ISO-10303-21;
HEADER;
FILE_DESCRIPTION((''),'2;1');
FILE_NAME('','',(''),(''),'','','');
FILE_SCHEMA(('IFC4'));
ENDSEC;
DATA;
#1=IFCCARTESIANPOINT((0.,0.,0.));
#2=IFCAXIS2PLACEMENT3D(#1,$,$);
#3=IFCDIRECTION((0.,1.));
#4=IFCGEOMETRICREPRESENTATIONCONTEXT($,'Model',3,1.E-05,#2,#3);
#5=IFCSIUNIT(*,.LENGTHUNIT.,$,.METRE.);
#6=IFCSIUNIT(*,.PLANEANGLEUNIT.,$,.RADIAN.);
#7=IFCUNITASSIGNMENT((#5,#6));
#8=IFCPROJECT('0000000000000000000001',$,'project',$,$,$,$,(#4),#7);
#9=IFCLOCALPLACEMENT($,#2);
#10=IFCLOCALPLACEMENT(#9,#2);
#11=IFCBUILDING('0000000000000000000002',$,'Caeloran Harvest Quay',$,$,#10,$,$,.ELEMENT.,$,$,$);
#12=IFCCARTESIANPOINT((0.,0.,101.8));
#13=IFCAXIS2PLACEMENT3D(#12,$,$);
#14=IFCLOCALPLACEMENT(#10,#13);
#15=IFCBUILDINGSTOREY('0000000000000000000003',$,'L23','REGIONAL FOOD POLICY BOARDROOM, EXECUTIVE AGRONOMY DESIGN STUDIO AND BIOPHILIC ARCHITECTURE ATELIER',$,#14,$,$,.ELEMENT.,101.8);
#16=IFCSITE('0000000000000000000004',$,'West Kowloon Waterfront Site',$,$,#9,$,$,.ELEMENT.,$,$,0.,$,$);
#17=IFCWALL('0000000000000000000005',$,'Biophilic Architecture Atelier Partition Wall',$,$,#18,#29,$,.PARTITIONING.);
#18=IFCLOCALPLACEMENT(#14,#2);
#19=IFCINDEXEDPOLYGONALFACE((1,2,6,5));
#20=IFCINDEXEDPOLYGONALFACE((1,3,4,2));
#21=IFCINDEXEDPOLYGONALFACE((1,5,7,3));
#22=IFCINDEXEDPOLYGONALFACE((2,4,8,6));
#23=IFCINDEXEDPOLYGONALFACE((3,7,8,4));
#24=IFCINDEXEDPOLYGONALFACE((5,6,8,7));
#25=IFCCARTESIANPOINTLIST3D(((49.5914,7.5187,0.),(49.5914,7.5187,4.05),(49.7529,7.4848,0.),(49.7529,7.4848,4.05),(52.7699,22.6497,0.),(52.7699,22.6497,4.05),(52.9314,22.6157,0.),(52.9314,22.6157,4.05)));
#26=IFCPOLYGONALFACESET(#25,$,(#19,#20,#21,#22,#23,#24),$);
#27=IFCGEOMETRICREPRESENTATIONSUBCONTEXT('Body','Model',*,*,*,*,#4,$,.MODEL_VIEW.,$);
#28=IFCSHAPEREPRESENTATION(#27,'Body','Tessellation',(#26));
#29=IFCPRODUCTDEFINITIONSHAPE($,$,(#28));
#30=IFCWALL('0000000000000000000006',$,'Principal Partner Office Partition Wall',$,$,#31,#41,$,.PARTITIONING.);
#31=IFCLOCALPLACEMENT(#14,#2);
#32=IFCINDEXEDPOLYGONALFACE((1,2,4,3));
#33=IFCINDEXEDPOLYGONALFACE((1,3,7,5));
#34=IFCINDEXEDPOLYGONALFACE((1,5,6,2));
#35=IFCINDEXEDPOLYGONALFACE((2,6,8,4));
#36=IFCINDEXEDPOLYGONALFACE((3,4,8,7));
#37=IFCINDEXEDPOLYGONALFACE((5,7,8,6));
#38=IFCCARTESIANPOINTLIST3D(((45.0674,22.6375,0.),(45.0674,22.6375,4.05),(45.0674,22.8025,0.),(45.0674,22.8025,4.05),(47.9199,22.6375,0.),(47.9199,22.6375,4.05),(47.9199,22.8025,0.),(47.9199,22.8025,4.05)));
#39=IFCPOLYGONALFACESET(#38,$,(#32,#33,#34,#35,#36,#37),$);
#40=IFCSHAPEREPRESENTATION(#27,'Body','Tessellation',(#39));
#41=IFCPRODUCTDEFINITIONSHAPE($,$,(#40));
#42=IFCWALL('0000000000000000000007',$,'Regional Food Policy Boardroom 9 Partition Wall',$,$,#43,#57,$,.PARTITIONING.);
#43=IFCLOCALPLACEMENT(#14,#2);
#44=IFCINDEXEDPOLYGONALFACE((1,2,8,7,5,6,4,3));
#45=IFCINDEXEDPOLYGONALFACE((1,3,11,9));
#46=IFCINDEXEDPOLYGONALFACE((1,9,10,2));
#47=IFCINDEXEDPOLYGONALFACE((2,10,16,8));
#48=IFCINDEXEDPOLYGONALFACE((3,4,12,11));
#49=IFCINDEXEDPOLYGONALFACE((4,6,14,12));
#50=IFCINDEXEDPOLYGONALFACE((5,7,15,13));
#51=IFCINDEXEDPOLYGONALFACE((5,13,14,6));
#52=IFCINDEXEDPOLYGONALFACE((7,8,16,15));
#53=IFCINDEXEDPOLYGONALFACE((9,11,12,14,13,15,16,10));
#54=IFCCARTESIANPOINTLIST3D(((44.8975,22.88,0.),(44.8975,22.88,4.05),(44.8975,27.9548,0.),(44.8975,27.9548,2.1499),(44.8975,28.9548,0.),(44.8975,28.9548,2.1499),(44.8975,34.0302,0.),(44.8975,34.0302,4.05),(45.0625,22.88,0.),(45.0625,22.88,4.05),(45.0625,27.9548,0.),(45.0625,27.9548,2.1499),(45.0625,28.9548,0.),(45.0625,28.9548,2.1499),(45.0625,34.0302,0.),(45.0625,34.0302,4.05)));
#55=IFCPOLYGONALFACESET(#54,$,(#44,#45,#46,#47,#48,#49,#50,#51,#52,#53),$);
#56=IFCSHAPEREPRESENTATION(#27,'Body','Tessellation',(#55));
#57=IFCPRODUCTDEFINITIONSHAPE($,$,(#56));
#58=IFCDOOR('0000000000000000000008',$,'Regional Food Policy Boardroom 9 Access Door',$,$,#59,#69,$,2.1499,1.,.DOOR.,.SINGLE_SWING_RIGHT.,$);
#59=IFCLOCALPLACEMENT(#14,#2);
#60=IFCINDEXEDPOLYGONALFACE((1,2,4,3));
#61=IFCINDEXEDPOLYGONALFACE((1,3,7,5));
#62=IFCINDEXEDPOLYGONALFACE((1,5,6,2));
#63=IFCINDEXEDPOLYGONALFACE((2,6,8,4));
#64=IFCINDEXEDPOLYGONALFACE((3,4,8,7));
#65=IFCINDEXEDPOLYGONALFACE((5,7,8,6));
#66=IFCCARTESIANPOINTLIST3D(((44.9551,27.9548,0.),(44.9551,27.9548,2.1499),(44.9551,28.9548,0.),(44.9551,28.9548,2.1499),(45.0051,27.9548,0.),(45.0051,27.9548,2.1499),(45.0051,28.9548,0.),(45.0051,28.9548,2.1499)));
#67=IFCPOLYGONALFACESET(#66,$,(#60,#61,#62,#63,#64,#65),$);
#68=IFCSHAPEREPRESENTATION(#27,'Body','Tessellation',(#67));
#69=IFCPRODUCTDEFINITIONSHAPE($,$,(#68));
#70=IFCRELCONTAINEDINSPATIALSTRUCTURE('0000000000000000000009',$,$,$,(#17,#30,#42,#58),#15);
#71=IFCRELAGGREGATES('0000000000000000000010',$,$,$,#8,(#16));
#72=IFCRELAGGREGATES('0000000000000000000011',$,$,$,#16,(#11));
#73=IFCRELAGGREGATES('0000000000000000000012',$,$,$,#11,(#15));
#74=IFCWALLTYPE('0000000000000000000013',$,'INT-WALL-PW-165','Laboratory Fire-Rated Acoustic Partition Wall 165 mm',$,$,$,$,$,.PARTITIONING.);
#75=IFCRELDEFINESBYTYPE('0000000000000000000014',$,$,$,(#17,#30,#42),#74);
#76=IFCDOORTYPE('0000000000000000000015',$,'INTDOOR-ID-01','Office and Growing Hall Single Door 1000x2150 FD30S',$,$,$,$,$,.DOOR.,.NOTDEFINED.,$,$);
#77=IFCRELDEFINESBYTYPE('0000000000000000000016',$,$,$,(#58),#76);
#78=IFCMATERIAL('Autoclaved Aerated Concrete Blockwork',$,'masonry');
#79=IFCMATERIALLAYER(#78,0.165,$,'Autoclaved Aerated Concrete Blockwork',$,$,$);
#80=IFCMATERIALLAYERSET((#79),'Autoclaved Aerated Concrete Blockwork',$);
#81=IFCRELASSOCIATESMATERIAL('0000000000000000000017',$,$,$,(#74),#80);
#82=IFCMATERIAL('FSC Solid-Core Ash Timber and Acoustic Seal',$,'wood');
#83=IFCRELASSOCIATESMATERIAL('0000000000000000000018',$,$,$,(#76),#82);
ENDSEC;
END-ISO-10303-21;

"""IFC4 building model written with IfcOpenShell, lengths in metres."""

from ifc_helpers import new_model, si_unit, direction, frame, frame_2d, origin, place, context, subcontext, project, spatial, rectangle, extrude, material, layer, layer_set, type_object, element, fill, save


model = new_model("IFC4")

# Units and contexts
model_context = context("Model", 3, precision=1e-05, world=origin(), true_north=direction((0.0, 1.0)))
body_context = subcontext(model_context, "Body", "Model", "MODEL_VIEW")
ifc_project = project(units=[si_unit("LENGTHUNIT", "METRE"), si_unit("PLANEANGLEUNIT", "RADIAN")], contexts=[model_context])

# Site, building, storey
site_placement = place(None, origin())
site = spatial("IfcSite", under=ifc_project, at=site_placement, Name="West Kowloon Waterfront Site", CompositionType="ELEMENT", RefElevation=0.0)
building_placement = place(site_placement, origin())
building = spatial("IfcBuilding", under=site, at=building_placement, Name="Caeloran Harvest Quay", CompositionType="ELEMENT")
storey_placement = place(building_placement, frame((0.0, 0.0, 101.8)))
storey = spatial("IfcBuildingStorey", under=building, at=storey_placement, Name="L23", Description="REGIONAL FOOD POLICY BOARDROOM, EXECUTIVE AGRONOMY DESIGN STUDIO AND BIOPHILIC ARCHITECTURE ATELIER", CompositionType="ELEMENT", Elevation=101.8)

# Wall
ifc_material_1 = material(Name="Autoclaved Aerated Concrete Blockwork", Category="masonry")
ifc_layer_1 = layer(ifc_material_1, 0.165, Name="Autoclaved Aerated Concrete Blockwork")
ifc_layer_set_1 = layer_set([ifc_layer_1], Name="Autoclaved Aerated Concrete Blockwork")
wall_type = type_object("IfcWallType", Name="INT-WALL-PW-165", Description="Laboratory Fire-Rated Acoustic Partition Wall 165 mm", PredefinedType="PARTITIONING", material=ifc_layer_set_1)
wall_1_placement = place(storey_placement, frame((52.8506, 22.6326, 0.0), z_axis=(0.0, 0.0, 1.0), x_axis=(-0.205578, -0.978641, 0.0)))
element("IfcWall", 1, at=wall_1_placement, inside=storey, type_object=wall_type, Name="Biophilic Architecture Atelier Partition Wall", PredefinedType="PARTITIONING", context=body_context, shape_type="SweptSolid", body=[
    extrude(rectangle(XDim=15.4612, YDim=0.165, at=frame_2d((7.7305, 0.0))), origin(), (0.0, 0.0, 1.0), 4.05),
])

# Shared definitions
ifc_material_2 = material(Name="FSC Solid-Core Ash Timber and Acoustic Seal", Category="wood")
door_type = type_object("IfcDoorType", Name="INTDOOR-ID-01", Description="Office and Growing Hall Single Door 1000x2150 FD30S", OperationType="NOTDEFINED", PredefinedType="DOOR", material=ifc_material_2)

# Wall
wall_2_placement = place(storey_placement, frame((45.0674, 22.72, 0.0), z_axis=(0.0, 0.0, 1.0), x_axis=(1.0, 0.0, 0.0)))
element("IfcWall", 2, at=wall_2_placement, inside=storey, type_object=wall_type, Name="Principal Partner Office Partition Wall", PredefinedType="PARTITIONING", context=body_context, shape_type="SweptSolid", body=[
    extrude(rectangle(XDim=2.8525, YDim=0.165, at=frame_2d((1.4263, 0.0))), origin(), (0.0, 0.0, 1.0), 4.05),
])

# Wall, opening, door
wall_3_placement = place(storey_placement, frame((44.98, 22.8799, 0.0), z_axis=(0.0, 0.0, 1.0), x_axis=(0.0, 1.0, 0.0)))
wall_3 = element("IfcWall", 3, at=wall_3_placement, inside=storey, type_object=wall_type, Name="Regional Food Policy Boardroom 9 Partition Wall", PredefinedType="PARTITIONING", context=body_context, shape_type="SweptSolid", body=[
    extrude(rectangle(XDim=11.1501, YDim=0.165, at=frame_2d((5.5752, 0.0))), origin(), (0.0, 0.0, 1.0), 4.05),
])
opening_1_placement = place(wall_3_placement, frame((5.075, 0.0, 0.0)))
opening_1 = element("IfcOpeningElement", 4, at=opening_1_placement, cuts=wall_3, PredefinedType="OPENING", context=body_context, shape_type="SweptSolid", body=[
    extrude(rectangle(XDim=1.0, YDim=2.1499, at=frame_2d((0.5, 1.075))), frame((0.0, 0.0925, 0.0), z_axis=(0.0, -1.0, 0.0), x_axis=(1.0, 0.0, 0.0)), (0.0, 0.0, 1.0), 0.1851),
])
door_1_placement = place(opening_1_placement, origin())
door_1 = element("IfcDoor", 5, at=door_1_placement, inside=storey, type_object=door_type, Name="Regional Food Policy Boardroom 9 Access Door", OperationType="SINGLE_SWING_RIGHT", OverallHeight=2.1499, OverallWidth=1.0, PredefinedType="DOOR", context=body_context, shape_type="SweptSolid", body=[
    extrude(rectangle(XDim=1.0, YDim=2.1499, at=frame_2d((0.5, 1.075))), frame((0.0, 0.0249, 0.0), z_axis=(0.0, -1.0, 0.0), x_axis=(1.0, 0.0, 0.0)), (0.0, 0.0, 1.0), 0.05),
])
fill(opening_1, door_1)

save(model, "model.ifc")
